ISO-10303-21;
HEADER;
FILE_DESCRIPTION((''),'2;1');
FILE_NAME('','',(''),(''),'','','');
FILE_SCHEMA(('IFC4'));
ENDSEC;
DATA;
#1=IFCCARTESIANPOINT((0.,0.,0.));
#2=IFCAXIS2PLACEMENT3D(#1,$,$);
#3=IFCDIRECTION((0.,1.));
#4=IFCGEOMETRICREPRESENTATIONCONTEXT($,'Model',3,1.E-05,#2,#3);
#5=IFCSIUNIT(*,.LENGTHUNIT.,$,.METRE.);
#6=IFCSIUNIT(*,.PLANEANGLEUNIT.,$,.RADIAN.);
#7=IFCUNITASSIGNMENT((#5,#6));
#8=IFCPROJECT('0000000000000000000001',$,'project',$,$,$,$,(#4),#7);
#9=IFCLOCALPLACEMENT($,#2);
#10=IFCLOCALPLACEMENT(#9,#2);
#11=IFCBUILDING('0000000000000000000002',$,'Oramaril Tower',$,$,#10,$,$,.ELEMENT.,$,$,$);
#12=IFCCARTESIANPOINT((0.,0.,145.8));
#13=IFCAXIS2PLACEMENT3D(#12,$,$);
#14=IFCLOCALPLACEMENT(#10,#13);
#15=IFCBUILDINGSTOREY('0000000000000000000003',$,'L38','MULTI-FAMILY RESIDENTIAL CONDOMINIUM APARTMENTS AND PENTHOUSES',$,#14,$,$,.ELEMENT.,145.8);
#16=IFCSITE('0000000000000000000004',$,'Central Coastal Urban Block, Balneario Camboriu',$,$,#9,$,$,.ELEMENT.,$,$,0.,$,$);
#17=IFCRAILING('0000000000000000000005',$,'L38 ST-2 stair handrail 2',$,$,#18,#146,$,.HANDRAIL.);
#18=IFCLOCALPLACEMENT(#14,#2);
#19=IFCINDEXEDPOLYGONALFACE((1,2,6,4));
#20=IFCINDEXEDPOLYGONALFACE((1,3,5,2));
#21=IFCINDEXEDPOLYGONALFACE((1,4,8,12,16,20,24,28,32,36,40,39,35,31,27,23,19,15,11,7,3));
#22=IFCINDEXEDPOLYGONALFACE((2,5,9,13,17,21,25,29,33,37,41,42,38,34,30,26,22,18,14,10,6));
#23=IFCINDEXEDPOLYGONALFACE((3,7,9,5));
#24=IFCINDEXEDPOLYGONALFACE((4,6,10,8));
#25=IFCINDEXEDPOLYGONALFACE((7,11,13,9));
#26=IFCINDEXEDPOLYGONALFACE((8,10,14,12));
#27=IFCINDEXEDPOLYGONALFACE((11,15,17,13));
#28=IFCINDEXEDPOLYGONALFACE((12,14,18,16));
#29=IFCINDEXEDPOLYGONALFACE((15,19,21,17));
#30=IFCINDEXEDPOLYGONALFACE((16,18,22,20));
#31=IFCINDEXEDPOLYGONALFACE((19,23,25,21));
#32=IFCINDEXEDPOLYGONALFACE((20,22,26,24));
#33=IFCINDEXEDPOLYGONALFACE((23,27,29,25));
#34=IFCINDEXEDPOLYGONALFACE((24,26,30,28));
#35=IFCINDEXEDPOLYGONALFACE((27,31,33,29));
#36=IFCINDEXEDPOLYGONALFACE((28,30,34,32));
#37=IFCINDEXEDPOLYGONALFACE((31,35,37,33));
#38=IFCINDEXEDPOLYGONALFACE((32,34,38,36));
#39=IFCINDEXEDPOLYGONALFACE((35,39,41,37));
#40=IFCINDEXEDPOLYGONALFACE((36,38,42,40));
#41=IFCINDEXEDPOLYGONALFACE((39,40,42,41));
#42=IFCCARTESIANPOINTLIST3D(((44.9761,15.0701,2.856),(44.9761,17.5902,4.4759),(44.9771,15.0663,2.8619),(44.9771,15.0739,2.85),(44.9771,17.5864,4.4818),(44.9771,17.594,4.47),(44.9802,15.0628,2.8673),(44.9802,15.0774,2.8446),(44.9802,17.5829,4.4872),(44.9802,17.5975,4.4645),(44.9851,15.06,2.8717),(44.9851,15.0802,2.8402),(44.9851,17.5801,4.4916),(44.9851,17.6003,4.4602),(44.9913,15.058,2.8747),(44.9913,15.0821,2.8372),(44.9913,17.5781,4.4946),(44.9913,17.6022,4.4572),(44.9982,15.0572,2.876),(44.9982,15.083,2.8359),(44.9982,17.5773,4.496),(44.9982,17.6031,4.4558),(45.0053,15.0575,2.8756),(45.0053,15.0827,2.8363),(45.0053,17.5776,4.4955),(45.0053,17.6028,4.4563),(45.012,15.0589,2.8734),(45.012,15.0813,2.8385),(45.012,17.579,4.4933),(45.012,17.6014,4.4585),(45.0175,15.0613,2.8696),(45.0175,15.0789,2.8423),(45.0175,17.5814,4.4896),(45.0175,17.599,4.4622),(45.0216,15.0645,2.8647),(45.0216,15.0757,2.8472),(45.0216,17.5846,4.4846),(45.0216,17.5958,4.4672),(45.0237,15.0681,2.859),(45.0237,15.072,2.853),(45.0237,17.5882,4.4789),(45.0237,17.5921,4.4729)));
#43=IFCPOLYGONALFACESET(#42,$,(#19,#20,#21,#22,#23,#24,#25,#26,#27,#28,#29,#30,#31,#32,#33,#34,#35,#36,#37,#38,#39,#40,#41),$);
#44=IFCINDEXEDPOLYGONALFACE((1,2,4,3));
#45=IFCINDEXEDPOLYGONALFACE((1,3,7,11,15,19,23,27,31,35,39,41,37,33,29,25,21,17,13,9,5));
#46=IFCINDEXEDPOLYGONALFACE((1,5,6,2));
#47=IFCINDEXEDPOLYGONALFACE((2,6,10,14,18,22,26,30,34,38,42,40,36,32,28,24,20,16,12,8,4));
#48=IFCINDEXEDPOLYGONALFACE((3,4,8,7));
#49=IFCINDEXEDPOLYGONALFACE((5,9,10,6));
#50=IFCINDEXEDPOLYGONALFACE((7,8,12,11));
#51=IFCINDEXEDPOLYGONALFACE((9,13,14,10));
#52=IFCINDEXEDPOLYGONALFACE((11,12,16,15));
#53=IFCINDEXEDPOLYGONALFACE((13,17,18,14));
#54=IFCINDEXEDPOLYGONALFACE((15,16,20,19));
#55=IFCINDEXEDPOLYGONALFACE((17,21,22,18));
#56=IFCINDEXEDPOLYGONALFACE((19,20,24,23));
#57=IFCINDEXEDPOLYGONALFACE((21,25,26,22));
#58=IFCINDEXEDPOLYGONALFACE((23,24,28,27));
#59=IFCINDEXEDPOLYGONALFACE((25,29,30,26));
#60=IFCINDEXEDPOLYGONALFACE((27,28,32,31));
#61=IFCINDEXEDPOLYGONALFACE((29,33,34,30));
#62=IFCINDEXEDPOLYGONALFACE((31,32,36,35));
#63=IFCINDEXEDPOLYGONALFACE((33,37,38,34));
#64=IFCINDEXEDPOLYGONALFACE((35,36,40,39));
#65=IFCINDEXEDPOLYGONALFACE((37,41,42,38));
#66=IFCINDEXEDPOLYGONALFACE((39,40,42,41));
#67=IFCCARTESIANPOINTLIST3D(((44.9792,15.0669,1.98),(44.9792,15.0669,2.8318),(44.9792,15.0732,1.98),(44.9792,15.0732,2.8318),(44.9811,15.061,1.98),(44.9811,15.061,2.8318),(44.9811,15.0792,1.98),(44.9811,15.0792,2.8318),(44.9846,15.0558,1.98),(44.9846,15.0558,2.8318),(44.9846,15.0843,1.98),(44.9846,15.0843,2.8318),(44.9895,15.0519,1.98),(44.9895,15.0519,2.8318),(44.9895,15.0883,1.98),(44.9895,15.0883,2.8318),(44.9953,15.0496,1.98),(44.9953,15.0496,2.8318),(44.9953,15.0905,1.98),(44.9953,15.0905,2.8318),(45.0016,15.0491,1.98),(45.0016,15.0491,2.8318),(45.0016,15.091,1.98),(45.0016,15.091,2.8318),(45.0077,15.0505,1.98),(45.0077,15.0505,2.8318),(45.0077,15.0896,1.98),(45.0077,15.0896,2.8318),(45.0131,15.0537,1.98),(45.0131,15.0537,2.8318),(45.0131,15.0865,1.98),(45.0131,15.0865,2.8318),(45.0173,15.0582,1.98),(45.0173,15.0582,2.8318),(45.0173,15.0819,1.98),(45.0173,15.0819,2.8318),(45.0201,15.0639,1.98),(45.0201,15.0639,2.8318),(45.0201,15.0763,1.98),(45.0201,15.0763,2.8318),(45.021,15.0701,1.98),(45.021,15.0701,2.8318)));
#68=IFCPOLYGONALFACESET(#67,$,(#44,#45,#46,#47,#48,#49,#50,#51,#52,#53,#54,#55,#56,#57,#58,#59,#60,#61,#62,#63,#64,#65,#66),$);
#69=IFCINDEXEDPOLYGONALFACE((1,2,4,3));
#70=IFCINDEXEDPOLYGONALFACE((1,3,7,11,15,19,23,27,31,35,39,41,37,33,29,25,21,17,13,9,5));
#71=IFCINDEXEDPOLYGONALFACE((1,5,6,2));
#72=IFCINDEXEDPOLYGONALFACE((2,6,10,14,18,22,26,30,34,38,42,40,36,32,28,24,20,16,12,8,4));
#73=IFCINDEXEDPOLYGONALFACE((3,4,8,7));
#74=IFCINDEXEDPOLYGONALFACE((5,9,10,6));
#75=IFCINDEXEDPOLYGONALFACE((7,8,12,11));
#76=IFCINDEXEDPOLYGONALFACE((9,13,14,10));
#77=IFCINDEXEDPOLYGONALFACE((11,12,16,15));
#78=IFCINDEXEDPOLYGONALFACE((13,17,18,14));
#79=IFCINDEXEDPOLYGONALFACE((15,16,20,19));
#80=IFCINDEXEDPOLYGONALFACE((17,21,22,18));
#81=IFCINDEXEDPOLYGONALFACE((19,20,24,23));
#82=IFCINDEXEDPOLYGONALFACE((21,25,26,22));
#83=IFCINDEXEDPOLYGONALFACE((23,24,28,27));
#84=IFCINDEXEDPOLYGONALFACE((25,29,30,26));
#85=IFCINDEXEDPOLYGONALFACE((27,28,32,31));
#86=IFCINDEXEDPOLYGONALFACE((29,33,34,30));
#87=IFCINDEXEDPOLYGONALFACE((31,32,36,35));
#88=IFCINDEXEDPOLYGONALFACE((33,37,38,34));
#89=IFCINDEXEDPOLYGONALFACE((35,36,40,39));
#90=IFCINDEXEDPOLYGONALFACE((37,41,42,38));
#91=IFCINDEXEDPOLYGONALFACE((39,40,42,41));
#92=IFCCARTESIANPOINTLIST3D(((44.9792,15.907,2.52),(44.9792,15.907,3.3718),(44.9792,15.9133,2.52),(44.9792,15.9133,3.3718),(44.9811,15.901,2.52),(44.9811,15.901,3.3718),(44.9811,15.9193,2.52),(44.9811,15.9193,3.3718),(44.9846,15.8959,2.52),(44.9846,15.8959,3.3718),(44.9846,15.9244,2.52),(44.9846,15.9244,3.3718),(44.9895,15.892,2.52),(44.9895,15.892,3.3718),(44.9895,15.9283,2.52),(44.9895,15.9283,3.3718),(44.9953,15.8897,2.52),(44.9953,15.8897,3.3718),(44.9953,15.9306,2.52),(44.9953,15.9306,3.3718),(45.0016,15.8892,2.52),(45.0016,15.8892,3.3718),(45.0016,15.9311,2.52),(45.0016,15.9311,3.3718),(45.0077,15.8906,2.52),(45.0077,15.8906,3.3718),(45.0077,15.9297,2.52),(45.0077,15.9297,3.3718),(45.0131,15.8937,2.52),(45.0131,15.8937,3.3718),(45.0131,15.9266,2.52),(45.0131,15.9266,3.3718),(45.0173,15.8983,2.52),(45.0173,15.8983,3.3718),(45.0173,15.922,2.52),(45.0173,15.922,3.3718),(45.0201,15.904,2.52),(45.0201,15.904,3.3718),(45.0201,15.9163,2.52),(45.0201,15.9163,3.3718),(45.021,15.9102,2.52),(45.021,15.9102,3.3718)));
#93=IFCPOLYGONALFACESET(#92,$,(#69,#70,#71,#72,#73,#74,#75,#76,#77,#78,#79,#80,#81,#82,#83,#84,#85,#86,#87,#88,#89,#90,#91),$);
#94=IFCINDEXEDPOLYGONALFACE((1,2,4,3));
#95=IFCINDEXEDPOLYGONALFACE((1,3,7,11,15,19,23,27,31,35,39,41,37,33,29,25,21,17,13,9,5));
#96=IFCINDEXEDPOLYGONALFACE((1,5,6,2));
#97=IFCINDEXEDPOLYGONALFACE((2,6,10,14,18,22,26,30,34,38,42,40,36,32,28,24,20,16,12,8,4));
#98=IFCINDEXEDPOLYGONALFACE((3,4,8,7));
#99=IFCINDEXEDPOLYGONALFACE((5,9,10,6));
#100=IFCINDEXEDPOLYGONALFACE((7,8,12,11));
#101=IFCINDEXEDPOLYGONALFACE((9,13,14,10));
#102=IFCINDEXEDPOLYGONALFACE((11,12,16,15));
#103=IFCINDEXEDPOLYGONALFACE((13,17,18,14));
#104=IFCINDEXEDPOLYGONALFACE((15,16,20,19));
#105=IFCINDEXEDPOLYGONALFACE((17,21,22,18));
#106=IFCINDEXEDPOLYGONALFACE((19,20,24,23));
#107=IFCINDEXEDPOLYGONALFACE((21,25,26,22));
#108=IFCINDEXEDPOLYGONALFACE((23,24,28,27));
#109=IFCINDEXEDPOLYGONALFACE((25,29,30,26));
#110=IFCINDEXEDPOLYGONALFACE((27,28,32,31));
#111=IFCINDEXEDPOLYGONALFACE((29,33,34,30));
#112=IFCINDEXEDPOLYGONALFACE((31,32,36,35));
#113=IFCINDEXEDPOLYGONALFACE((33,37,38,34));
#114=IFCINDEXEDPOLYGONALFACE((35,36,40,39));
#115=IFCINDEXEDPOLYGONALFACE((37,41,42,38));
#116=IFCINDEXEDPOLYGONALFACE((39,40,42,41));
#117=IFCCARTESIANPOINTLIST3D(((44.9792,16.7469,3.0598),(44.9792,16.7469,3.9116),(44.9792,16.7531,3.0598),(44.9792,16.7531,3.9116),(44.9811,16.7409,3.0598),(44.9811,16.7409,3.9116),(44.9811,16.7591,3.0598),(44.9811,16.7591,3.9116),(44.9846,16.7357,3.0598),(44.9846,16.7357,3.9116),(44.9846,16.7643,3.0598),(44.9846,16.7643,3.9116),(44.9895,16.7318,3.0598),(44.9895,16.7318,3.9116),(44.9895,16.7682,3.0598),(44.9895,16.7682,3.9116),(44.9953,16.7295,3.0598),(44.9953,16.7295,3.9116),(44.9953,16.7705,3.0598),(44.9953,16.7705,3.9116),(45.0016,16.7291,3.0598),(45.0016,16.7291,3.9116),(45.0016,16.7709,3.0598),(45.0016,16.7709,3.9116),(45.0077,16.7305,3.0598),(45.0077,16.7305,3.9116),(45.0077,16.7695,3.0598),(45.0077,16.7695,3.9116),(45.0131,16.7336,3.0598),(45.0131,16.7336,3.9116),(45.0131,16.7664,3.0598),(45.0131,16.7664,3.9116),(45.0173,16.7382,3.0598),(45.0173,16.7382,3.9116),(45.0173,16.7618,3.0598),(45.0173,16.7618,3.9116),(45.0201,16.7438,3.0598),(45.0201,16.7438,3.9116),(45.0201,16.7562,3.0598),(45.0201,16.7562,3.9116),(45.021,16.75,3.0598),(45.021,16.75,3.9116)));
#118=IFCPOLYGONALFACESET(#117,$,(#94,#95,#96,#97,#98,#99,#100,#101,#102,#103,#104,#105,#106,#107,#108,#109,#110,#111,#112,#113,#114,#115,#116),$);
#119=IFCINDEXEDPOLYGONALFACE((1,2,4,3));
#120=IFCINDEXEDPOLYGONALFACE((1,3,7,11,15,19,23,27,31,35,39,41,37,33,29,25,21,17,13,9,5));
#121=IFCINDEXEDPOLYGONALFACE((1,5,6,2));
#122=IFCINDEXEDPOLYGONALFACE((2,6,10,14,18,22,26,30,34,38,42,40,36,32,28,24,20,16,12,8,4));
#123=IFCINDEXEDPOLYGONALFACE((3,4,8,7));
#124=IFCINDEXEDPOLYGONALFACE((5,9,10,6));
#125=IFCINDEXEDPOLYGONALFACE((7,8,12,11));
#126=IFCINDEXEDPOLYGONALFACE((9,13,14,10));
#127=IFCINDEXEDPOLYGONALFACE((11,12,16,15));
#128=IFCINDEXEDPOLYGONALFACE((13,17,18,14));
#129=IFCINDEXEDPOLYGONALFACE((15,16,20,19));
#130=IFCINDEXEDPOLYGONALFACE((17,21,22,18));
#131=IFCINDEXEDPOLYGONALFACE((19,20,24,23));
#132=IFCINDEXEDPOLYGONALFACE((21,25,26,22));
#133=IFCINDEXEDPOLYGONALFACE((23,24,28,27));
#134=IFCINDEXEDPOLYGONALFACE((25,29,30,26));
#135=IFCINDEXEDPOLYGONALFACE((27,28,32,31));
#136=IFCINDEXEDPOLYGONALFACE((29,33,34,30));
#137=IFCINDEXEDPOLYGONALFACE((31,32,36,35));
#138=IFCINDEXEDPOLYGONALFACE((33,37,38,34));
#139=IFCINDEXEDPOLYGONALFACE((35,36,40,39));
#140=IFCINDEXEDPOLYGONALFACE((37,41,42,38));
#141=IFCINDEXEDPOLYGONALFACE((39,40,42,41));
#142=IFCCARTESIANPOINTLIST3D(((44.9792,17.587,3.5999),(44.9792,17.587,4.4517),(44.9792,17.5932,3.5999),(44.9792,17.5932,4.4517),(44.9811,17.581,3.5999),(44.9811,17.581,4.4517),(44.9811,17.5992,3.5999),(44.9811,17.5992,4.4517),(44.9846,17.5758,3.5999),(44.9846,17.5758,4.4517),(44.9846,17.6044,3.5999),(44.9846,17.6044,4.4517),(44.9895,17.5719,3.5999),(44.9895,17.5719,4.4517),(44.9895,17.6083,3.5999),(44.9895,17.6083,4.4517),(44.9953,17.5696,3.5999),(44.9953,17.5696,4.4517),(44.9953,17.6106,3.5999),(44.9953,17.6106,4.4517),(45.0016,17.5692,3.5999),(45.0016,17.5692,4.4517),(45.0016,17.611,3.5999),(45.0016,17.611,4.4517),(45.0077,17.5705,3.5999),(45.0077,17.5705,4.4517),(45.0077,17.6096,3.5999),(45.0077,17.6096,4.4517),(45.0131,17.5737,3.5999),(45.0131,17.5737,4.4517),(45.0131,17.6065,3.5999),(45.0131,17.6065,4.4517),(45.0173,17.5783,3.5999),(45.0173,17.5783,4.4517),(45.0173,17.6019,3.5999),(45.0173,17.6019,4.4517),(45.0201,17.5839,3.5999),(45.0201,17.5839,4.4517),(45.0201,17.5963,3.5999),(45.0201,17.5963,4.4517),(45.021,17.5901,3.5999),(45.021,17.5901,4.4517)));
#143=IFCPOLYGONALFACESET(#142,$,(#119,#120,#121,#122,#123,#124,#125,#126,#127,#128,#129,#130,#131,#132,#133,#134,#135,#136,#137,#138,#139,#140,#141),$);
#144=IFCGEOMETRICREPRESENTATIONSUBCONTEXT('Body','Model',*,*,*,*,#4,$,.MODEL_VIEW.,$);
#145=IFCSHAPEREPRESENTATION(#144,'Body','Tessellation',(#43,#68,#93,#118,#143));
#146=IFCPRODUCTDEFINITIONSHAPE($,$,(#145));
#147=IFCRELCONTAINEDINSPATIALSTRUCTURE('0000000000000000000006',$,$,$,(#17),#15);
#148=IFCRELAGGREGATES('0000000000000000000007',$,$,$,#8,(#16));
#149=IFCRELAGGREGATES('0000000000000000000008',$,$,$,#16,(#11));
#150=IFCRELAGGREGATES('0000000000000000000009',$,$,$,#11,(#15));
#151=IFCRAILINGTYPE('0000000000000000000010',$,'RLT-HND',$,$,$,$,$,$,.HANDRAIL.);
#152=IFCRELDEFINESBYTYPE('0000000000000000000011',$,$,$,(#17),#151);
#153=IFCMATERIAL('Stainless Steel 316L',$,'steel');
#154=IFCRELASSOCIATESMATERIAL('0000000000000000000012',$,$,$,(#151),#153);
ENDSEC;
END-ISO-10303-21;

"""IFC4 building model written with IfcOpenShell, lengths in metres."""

from ifc_helpers import new_model, si_unit, direction, frame, origin, origin_2d, place, context, subcontext, project, spatial, circle, extrude, material, type_object, element, save


model = new_model("IFC4")

# Units and contexts
model_context = context("Model", 3, precision=1e-05, world=origin(), true_north=direction((0.0, 1.0)))
body_context = subcontext(model_context, "Body", "Model", "MODEL_VIEW")
ifc_project = project(units=[si_unit("LENGTHUNIT", "METRE"), si_unit("PLANEANGLEUNIT", "RADIAN")], contexts=[model_context])

# Site, building, storey
site_placement = place(None, origin())
site = spatial("IfcSite", under=ifc_project, at=site_placement, Name="Central Coastal Urban Block, Balneario Camboriu", CompositionType="ELEMENT", RefElevation=0.0)
building_placement = place(site_placement, origin())
building = spatial("IfcBuilding", under=site, at=building_placement, Name="Oramaril Tower", CompositionType="ELEMENT")
storey_placement = place(building_placement, frame((0.0, 0.0, 145.8)))
storey = spatial("IfcBuildingStorey", under=building, at=storey_placement, Name="L38", Description="MULTI-FAMILY RESIDENTIAL CONDOMINIUM APARTMENTS AND PENTHOUSES", CompositionType="ELEMENT", Elevation=145.8)

# Railing
ifc_material_1 = material(Name="Stainless Steel 316L", Category="steel")
railing_type_1 = type_object("IfcRailingType", Name="RLT-HND", PredefinedType="HANDRAIL", material=ifc_material_1)
for number, where, name in (
    (1, (45.0, 15.0701, 1.98), "L38 ST-2 stair handrail 2"),
):
    element("IfcRailing", number, at=place(storey_placement, frame(where)), inside=storey, type_object=railing_type_1, Name=name, PredefinedType="HANDRAIL", context=body_context, shape_type="SweptSolid", body=[
        extrude(circle(Radius=0.0239, at=origin_2d()), frame((0.0, 0.0, 0.876), z_axis=(0.0, 0.8412, 0.540725), x_axis=(-1.0, 0.0, 0.0)), (0.0, 0.0, 1.0), 2.9958),
        extrude(circle(Radius=0.021, at=origin_2d()), origin(), (0.0, 0.0, 1.0), 0.8518),
        extrude(circle(Radius=0.021, at=origin_2d()), frame((0.0, 0.8401, 0.54)), (0.0, 0.0, 1.0), 0.8518),
        extrude(circle(Radius=0.021, at=origin_2d()), frame((0.0, 1.6799, 1.0798)), (0.0, 0.0, 1.0), 0.8518),
        extrude(circle(Radius=0.021, at=origin_2d()), frame((0.0, 2.52, 1.6199)), (0.0, 0.0, 1.0), 0.8518),
    ])

save(model, "model.ifc")
